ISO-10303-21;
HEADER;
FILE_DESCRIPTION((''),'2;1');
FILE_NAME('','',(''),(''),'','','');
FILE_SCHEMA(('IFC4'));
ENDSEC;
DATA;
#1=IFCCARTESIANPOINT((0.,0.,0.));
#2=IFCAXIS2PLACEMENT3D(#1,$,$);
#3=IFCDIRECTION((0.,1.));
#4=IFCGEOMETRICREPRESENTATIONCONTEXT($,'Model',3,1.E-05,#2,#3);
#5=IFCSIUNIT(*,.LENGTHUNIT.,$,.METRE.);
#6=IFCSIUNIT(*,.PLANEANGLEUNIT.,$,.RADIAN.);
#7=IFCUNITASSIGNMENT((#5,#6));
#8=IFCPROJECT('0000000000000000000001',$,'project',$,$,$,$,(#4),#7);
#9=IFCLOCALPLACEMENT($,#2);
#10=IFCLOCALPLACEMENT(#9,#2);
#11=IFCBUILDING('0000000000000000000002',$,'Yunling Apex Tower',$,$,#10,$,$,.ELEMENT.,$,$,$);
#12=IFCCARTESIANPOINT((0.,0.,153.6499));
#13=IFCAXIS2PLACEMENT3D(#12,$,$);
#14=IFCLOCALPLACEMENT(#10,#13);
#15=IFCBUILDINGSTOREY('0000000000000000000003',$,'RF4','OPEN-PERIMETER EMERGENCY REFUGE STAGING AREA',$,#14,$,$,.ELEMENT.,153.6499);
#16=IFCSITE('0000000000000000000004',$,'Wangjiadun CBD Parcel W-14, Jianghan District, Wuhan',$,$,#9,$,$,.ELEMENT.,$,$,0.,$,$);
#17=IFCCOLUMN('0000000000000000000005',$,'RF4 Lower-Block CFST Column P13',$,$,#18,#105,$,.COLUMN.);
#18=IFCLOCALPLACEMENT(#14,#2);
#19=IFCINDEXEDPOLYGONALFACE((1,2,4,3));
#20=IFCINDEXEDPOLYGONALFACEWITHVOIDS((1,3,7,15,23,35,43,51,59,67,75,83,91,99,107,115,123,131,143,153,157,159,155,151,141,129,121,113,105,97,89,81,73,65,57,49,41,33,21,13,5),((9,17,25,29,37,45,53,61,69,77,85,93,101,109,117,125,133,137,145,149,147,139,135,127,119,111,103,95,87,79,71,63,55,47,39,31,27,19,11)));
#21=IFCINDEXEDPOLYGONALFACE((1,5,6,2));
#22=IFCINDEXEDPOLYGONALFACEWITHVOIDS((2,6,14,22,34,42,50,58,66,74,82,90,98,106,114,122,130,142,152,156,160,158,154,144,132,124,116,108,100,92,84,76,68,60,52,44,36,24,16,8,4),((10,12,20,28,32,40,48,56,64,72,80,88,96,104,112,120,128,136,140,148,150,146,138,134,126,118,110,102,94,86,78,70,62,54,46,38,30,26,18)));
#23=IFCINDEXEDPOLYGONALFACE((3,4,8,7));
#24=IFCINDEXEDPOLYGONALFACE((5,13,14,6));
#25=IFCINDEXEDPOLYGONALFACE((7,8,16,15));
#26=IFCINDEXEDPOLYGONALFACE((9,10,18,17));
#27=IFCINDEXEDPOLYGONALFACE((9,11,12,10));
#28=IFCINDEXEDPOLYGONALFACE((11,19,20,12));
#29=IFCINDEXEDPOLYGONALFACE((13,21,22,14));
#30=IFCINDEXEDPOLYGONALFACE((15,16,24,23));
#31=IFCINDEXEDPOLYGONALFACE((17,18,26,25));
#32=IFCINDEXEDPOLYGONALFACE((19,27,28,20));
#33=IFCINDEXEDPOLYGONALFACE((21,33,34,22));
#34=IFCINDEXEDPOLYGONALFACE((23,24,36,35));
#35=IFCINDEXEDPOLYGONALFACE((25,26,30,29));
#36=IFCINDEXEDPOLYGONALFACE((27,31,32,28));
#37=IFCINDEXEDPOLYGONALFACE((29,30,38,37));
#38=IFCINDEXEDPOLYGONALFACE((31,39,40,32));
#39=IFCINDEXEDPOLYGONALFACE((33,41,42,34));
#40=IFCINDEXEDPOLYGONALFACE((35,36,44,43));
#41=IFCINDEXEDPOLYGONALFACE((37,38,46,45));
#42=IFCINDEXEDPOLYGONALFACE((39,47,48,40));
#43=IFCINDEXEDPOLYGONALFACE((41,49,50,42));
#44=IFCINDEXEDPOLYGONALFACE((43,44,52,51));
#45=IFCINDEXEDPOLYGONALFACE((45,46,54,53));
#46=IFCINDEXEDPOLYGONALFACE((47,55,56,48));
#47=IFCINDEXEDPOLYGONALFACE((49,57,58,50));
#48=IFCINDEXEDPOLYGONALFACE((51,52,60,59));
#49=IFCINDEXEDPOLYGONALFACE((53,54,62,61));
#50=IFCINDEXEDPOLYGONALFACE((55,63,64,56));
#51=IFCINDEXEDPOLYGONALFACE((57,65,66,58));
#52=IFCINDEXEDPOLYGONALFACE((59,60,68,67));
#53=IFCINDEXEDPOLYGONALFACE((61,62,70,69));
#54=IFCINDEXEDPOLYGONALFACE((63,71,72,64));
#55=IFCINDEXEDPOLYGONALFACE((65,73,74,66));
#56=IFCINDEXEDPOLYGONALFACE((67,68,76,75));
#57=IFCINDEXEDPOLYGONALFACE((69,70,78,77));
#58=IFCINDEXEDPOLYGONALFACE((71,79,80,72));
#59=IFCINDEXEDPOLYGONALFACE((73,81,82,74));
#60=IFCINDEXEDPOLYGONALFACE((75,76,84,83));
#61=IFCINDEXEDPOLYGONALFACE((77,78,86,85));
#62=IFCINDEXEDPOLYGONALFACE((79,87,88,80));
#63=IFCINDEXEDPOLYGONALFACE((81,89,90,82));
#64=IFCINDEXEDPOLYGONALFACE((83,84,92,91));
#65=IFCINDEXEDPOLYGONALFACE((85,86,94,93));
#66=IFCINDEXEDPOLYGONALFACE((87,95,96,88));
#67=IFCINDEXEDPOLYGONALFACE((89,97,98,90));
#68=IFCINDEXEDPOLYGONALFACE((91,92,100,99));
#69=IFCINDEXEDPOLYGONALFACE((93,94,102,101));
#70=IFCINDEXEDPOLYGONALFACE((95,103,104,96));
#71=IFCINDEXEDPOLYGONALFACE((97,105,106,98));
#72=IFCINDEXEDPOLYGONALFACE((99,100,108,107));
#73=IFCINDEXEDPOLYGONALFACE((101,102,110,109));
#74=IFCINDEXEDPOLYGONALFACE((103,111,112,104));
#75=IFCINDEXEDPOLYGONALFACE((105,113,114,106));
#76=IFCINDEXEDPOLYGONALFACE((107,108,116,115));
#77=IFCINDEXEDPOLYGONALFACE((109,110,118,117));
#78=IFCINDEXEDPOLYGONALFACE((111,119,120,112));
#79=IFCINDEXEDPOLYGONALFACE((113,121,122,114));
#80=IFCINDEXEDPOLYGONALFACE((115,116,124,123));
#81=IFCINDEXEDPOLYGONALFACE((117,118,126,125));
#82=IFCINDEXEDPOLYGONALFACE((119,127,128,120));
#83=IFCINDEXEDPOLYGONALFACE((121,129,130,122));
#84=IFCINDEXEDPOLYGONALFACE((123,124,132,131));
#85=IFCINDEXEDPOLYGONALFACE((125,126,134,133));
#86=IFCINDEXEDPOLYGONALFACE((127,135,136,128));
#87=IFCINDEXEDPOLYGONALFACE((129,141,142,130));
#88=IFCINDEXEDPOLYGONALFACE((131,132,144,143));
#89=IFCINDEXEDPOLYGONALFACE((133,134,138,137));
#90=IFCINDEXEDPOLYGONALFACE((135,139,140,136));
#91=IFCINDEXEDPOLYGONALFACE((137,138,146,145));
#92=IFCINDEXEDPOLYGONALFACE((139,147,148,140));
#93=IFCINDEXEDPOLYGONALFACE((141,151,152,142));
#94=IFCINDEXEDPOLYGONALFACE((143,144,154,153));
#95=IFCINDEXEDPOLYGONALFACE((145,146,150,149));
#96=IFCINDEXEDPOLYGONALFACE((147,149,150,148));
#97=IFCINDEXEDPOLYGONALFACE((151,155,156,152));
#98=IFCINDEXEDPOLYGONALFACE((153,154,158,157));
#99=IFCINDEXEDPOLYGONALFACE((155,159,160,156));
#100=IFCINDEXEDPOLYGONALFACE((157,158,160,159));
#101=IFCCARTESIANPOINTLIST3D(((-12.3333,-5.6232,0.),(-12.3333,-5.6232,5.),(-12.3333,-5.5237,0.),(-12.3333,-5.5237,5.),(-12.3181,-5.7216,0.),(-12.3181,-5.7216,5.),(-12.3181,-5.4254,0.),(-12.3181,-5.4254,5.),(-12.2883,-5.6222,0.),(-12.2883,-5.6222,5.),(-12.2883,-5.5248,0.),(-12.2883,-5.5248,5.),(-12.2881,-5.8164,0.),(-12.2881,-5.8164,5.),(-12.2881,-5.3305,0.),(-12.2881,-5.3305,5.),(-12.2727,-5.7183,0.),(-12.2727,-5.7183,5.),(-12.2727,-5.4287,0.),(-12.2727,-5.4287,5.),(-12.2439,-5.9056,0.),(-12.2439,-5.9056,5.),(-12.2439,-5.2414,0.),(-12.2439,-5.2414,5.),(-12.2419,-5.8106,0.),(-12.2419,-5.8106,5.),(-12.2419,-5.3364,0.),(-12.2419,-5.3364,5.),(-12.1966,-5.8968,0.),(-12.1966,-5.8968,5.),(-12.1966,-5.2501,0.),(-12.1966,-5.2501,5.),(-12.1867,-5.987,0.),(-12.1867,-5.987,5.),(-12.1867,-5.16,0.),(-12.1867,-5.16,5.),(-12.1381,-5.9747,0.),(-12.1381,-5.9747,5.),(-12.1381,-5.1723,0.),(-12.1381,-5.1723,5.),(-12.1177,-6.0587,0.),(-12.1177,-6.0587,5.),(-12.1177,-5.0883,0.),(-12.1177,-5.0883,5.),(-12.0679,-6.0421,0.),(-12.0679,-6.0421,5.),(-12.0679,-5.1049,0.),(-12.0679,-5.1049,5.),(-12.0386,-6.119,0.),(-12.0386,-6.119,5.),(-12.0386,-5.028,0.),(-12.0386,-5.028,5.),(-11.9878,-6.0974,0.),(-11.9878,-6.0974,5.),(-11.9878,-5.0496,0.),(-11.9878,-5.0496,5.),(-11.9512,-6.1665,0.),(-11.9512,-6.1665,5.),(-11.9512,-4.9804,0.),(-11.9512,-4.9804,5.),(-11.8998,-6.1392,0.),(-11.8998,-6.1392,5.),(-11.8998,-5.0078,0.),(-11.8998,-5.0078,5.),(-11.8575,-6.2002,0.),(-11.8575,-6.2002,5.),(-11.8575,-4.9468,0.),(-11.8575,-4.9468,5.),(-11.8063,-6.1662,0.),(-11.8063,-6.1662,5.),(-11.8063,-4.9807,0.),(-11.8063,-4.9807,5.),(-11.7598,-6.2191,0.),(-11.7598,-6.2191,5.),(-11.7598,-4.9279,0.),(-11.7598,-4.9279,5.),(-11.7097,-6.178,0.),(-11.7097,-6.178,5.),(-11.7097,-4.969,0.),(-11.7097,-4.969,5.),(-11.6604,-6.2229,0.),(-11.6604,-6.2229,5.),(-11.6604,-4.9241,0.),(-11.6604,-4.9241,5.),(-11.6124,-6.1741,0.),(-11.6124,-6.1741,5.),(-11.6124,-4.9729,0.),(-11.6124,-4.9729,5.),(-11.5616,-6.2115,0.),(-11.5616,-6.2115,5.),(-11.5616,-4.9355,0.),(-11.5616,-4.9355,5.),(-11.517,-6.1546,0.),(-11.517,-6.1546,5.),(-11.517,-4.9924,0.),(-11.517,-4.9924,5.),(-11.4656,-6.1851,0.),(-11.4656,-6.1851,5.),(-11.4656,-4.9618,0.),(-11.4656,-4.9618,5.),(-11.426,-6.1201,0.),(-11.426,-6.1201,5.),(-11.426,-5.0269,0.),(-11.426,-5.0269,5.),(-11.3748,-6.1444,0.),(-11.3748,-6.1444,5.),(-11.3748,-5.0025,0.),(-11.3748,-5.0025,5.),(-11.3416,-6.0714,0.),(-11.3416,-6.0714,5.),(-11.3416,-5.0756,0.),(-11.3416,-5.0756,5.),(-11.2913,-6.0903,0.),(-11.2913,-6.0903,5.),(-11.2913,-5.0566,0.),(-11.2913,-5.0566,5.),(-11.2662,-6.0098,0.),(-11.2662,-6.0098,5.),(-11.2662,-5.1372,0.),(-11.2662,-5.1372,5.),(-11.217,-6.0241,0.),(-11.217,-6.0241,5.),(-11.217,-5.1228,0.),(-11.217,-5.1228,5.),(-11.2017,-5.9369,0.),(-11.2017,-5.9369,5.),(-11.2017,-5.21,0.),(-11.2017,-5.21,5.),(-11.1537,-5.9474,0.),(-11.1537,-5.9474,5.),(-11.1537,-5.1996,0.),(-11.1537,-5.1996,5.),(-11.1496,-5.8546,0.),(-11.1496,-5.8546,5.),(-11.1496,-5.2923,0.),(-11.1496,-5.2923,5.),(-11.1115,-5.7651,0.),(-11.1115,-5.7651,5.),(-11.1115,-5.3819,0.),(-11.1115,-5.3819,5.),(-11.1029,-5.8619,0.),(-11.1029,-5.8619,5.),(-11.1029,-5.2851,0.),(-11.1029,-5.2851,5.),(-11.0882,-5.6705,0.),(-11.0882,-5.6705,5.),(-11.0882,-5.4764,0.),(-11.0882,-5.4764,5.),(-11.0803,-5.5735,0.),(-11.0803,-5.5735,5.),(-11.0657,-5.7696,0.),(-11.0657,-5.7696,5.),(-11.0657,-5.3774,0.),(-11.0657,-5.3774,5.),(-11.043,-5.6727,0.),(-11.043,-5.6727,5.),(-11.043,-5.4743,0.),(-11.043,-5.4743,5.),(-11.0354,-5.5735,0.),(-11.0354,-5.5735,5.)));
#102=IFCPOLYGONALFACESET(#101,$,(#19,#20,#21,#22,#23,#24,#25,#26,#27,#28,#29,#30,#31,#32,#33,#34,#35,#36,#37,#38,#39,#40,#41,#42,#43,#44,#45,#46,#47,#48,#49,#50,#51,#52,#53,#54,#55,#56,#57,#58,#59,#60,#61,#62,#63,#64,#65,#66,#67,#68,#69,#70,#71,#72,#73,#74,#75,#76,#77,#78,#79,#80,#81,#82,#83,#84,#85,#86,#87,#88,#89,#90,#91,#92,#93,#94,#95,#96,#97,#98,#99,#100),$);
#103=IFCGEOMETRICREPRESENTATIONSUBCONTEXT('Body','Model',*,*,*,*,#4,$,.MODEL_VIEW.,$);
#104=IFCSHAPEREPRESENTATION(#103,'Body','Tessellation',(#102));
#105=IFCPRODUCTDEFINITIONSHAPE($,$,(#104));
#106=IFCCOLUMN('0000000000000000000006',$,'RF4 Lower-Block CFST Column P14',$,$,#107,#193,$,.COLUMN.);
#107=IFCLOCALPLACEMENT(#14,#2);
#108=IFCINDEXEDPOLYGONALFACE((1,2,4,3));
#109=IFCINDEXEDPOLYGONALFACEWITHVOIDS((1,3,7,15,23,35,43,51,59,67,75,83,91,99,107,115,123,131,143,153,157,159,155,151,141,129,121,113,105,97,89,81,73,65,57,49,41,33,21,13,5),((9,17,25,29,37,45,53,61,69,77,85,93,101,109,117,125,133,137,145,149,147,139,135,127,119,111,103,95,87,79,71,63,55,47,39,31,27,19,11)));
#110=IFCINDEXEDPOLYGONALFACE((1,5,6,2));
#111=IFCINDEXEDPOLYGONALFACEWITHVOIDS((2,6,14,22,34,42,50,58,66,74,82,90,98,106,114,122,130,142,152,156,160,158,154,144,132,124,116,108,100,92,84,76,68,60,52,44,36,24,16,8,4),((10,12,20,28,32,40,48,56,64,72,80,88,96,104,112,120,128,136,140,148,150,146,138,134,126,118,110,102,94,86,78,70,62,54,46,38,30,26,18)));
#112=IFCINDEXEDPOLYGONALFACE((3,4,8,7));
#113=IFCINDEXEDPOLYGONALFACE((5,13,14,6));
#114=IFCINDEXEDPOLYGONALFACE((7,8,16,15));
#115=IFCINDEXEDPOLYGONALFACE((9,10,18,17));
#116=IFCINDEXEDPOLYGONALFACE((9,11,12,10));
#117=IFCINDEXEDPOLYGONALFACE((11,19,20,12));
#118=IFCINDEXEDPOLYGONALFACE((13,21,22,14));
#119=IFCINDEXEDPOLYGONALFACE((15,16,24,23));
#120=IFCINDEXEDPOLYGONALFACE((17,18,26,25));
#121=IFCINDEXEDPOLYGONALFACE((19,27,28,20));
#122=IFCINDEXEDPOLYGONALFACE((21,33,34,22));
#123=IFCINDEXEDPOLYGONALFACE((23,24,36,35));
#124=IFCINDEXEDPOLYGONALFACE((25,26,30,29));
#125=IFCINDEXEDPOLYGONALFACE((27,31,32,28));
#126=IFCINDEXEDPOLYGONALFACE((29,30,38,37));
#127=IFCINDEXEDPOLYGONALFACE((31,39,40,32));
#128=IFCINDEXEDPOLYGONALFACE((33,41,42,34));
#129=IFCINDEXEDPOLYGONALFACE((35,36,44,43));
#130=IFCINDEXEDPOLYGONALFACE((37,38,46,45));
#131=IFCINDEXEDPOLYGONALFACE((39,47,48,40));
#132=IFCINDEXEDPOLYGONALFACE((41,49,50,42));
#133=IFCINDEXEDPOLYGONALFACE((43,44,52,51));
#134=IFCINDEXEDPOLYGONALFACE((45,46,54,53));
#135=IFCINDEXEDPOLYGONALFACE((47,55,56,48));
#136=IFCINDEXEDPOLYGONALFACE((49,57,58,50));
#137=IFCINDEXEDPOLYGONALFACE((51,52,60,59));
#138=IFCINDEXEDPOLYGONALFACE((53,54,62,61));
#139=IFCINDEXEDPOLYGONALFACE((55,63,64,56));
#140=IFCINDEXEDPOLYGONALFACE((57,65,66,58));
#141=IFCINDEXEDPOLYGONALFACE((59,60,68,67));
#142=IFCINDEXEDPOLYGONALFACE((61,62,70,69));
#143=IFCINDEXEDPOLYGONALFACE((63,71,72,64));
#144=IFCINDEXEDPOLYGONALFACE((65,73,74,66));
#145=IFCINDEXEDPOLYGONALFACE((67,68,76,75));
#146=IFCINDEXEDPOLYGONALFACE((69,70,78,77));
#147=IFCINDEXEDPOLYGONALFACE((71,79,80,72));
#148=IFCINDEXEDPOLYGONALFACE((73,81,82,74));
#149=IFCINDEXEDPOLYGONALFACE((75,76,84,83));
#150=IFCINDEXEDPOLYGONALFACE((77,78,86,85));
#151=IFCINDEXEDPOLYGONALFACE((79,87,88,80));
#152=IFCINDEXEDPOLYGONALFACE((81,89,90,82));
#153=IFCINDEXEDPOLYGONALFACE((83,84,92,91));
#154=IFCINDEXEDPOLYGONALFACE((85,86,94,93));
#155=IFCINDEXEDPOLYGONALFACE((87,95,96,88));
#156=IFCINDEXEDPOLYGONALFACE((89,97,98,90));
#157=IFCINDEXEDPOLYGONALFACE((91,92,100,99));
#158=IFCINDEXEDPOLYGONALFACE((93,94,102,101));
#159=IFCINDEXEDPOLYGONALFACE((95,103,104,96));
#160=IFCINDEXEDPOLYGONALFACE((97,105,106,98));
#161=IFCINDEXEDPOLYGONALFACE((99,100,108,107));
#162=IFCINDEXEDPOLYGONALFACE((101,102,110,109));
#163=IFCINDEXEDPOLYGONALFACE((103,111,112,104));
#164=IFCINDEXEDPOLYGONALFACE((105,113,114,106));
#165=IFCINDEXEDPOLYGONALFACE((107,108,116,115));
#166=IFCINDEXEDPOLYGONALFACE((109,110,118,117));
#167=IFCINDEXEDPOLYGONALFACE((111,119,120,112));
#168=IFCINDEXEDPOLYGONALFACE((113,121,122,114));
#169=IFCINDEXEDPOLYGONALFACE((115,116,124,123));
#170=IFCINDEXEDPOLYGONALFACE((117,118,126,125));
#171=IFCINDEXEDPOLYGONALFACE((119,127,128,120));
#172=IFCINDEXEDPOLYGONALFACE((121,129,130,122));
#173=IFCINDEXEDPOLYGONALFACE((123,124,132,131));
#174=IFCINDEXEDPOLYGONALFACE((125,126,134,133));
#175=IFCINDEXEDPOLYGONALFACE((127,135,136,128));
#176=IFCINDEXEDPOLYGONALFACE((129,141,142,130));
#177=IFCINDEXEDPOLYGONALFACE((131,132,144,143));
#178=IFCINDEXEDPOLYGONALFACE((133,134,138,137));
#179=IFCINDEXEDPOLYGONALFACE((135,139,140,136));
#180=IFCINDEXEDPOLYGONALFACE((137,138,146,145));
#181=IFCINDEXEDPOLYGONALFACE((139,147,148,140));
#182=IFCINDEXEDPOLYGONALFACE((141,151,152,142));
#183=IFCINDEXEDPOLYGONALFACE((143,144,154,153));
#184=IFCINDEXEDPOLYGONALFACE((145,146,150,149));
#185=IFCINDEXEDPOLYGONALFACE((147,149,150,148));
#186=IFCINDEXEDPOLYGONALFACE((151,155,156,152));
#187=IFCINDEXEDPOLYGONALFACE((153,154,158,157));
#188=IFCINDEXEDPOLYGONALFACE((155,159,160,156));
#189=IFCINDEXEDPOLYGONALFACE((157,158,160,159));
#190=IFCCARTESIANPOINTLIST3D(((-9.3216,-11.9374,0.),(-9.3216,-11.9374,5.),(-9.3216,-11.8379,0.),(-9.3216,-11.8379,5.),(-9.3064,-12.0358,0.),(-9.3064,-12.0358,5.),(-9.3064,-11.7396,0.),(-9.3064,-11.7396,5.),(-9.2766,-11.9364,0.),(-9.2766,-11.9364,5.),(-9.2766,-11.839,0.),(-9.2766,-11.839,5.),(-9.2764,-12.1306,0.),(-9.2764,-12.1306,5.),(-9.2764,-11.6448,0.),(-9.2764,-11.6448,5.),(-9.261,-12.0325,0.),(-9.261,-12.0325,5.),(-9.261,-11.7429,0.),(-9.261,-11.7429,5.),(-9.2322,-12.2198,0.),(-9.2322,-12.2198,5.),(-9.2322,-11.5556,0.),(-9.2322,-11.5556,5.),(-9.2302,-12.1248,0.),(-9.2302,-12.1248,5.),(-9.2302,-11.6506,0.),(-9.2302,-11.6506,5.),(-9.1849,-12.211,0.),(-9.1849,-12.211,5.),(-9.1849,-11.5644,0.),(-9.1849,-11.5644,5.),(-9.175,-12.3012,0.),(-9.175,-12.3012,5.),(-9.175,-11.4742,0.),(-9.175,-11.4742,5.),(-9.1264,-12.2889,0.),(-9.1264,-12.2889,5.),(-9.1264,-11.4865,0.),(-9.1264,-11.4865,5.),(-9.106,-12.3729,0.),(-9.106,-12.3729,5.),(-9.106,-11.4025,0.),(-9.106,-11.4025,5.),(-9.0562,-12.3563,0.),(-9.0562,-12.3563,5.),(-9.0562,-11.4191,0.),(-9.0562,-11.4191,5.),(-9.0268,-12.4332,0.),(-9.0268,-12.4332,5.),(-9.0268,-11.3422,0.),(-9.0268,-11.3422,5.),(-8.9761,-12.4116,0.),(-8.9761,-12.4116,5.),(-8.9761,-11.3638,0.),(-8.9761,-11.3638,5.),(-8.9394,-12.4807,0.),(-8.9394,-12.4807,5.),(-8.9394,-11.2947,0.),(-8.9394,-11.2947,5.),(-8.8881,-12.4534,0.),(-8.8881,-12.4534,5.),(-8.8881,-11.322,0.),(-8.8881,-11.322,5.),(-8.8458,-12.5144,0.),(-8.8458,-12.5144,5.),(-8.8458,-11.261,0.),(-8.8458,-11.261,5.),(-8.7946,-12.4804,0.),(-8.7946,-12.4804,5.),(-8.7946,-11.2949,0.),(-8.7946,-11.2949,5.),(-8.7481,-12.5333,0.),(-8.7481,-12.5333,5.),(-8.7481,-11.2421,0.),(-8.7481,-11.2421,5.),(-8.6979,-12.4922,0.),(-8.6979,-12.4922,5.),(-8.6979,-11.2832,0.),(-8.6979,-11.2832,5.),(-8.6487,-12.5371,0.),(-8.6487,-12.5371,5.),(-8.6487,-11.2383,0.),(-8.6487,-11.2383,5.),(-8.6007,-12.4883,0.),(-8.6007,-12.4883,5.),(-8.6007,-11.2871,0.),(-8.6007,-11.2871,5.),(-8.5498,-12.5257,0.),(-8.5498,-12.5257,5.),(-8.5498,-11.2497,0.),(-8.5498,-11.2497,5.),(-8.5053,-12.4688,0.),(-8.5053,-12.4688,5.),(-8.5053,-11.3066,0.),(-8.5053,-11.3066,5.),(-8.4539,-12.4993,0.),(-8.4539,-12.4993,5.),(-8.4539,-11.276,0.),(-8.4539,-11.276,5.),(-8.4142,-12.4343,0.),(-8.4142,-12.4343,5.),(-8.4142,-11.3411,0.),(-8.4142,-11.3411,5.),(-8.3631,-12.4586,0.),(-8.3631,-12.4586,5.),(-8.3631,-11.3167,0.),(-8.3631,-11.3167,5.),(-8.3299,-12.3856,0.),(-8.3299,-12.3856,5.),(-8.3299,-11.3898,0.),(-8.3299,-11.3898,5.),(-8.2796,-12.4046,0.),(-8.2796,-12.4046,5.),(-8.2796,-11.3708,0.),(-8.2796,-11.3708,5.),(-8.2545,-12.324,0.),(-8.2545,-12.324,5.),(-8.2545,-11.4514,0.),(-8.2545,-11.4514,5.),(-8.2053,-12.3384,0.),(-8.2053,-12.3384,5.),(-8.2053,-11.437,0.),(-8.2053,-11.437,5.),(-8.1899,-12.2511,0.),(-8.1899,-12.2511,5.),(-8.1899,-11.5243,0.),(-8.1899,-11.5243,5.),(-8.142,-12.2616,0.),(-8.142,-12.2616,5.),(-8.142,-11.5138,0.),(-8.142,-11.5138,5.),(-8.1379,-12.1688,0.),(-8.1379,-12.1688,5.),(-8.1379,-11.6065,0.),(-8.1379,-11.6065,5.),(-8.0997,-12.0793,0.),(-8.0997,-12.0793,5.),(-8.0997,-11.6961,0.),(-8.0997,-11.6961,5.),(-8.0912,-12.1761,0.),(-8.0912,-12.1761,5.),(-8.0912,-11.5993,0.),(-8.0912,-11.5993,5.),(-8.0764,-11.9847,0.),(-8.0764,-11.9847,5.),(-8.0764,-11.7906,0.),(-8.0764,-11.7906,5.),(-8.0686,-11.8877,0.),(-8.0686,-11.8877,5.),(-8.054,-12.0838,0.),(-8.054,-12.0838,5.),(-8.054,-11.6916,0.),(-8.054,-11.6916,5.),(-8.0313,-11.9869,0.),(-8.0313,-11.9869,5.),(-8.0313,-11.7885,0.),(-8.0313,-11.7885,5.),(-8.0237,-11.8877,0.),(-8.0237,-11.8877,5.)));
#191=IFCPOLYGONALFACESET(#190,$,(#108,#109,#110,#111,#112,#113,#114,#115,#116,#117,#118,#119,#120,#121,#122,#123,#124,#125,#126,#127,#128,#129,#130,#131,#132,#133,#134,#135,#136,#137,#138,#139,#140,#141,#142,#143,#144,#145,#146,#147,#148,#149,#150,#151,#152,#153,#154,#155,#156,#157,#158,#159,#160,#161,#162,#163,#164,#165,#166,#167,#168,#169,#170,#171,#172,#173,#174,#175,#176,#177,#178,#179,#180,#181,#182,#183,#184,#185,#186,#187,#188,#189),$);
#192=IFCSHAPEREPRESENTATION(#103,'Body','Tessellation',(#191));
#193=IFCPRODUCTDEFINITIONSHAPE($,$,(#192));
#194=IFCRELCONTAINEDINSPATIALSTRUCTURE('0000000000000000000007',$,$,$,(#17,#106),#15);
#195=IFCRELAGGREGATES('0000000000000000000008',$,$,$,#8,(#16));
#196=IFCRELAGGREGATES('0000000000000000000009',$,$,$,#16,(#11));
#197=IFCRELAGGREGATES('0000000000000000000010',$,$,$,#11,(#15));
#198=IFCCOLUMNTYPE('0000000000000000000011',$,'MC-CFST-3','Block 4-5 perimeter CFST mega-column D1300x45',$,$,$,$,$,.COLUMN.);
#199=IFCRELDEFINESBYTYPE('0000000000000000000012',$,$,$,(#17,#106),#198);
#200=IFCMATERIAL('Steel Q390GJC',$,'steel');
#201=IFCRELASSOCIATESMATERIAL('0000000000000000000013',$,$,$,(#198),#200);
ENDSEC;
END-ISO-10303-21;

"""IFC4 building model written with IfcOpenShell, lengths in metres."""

from ifc_helpers import new_model, si_unit, direction, frame, origin, origin_2d, place, context, subcontext, project, spatial, hollow_circle, extrude, source, transform, mapped, material, material_profile, profile_set, type_object, element, save


model = new_model("IFC4")

# Units and contexts
model_context = context("Model", 3, precision=1e-05, world=origin(), true_north=direction((0.0, 1.0)))
body_context = subcontext(model_context, "Body", "Model", "MODEL_VIEW")
ifc_project = project(units=[si_unit("LENGTHUNIT", "METRE"), si_unit("PLANEANGLEUNIT", "RADIAN")], contexts=[model_context])

# Site, building, storey
site_placement = place(None, origin())
site = spatial("IfcSite", under=ifc_project, at=site_placement, Name="Wangjiadun CBD Parcel W-14, Jianghan District, Wuhan", CompositionType="ELEMENT", RefElevation=0.0)
building_placement = place(site_placement, origin())
building = spatial("IfcBuilding", under=site, at=building_placement, Name="Yunling Apex Tower", CompositionType="ELEMENT")
storey_placement = place(building_placement, frame((0.0, 0.0, 153.6499)))
storey = spatial("IfcBuildingStorey", under=building, at=storey_placement, Name="RF4", Description="OPEN-PERIMETER EMERGENCY REFUGE STAGING AREA", CompositionType="ELEMENT", Elevation=153.6499)

# Columns
ifc_material_1 = material(Name="Steel Q390GJC", Category="steel")
ifc_material_profile_1 = material_profile(ifc_material_1, hollow_circle(Radius=0.6499, WallThickness=0.0449, at=origin_2d()))
ifc_profile_set_1 = profile_set([ifc_material_profile_1], Name="Steel Q390GJC")
column_type = type_object("IfcColumnType", Name="MC-CFST-3", Description="Block 4-5 perimeter CFST mega-column D1300x45", PredefinedType="COLUMN", material=ifc_profile_set_1)
shared_shape_1 = source(origin(), body_context, "Body", "SweptSolid", [
    extrude(hollow_circle(Radius=0.6499, WallThickness=0.0449, at=origin_2d()), origin(), (0.0, 0.0, 1.0), 5.0),
])
for number, where, z_axis, x_axis, name in (
    (1, (-11.6853, -5.5735, 0.0), (0.0, 0.0, 1.0), (1.0, 0.0, 0.0), "RF4 Lower-Block CFST Column P13"),
    (2, (-8.6736, -11.8877, 0.0), (0.0, 0.0, 1.0), (1.0, 0.0, 0.0), "RF4 Lower-Block CFST Column P14"),
):
    element("IfcColumn", number, at=place(storey_placement, frame(where, z_axis=z_axis, x_axis=x_axis)), inside=storey, type_object=column_type, Name=name, PredefinedType="COLUMN", context=body_context, shape_type="MappedRepresentation", body=[
        mapped(shared_shape_1, transform((0.0, 0.0, 0.0), scale=1.0)),
    ])

save(model, "model.ifc")
